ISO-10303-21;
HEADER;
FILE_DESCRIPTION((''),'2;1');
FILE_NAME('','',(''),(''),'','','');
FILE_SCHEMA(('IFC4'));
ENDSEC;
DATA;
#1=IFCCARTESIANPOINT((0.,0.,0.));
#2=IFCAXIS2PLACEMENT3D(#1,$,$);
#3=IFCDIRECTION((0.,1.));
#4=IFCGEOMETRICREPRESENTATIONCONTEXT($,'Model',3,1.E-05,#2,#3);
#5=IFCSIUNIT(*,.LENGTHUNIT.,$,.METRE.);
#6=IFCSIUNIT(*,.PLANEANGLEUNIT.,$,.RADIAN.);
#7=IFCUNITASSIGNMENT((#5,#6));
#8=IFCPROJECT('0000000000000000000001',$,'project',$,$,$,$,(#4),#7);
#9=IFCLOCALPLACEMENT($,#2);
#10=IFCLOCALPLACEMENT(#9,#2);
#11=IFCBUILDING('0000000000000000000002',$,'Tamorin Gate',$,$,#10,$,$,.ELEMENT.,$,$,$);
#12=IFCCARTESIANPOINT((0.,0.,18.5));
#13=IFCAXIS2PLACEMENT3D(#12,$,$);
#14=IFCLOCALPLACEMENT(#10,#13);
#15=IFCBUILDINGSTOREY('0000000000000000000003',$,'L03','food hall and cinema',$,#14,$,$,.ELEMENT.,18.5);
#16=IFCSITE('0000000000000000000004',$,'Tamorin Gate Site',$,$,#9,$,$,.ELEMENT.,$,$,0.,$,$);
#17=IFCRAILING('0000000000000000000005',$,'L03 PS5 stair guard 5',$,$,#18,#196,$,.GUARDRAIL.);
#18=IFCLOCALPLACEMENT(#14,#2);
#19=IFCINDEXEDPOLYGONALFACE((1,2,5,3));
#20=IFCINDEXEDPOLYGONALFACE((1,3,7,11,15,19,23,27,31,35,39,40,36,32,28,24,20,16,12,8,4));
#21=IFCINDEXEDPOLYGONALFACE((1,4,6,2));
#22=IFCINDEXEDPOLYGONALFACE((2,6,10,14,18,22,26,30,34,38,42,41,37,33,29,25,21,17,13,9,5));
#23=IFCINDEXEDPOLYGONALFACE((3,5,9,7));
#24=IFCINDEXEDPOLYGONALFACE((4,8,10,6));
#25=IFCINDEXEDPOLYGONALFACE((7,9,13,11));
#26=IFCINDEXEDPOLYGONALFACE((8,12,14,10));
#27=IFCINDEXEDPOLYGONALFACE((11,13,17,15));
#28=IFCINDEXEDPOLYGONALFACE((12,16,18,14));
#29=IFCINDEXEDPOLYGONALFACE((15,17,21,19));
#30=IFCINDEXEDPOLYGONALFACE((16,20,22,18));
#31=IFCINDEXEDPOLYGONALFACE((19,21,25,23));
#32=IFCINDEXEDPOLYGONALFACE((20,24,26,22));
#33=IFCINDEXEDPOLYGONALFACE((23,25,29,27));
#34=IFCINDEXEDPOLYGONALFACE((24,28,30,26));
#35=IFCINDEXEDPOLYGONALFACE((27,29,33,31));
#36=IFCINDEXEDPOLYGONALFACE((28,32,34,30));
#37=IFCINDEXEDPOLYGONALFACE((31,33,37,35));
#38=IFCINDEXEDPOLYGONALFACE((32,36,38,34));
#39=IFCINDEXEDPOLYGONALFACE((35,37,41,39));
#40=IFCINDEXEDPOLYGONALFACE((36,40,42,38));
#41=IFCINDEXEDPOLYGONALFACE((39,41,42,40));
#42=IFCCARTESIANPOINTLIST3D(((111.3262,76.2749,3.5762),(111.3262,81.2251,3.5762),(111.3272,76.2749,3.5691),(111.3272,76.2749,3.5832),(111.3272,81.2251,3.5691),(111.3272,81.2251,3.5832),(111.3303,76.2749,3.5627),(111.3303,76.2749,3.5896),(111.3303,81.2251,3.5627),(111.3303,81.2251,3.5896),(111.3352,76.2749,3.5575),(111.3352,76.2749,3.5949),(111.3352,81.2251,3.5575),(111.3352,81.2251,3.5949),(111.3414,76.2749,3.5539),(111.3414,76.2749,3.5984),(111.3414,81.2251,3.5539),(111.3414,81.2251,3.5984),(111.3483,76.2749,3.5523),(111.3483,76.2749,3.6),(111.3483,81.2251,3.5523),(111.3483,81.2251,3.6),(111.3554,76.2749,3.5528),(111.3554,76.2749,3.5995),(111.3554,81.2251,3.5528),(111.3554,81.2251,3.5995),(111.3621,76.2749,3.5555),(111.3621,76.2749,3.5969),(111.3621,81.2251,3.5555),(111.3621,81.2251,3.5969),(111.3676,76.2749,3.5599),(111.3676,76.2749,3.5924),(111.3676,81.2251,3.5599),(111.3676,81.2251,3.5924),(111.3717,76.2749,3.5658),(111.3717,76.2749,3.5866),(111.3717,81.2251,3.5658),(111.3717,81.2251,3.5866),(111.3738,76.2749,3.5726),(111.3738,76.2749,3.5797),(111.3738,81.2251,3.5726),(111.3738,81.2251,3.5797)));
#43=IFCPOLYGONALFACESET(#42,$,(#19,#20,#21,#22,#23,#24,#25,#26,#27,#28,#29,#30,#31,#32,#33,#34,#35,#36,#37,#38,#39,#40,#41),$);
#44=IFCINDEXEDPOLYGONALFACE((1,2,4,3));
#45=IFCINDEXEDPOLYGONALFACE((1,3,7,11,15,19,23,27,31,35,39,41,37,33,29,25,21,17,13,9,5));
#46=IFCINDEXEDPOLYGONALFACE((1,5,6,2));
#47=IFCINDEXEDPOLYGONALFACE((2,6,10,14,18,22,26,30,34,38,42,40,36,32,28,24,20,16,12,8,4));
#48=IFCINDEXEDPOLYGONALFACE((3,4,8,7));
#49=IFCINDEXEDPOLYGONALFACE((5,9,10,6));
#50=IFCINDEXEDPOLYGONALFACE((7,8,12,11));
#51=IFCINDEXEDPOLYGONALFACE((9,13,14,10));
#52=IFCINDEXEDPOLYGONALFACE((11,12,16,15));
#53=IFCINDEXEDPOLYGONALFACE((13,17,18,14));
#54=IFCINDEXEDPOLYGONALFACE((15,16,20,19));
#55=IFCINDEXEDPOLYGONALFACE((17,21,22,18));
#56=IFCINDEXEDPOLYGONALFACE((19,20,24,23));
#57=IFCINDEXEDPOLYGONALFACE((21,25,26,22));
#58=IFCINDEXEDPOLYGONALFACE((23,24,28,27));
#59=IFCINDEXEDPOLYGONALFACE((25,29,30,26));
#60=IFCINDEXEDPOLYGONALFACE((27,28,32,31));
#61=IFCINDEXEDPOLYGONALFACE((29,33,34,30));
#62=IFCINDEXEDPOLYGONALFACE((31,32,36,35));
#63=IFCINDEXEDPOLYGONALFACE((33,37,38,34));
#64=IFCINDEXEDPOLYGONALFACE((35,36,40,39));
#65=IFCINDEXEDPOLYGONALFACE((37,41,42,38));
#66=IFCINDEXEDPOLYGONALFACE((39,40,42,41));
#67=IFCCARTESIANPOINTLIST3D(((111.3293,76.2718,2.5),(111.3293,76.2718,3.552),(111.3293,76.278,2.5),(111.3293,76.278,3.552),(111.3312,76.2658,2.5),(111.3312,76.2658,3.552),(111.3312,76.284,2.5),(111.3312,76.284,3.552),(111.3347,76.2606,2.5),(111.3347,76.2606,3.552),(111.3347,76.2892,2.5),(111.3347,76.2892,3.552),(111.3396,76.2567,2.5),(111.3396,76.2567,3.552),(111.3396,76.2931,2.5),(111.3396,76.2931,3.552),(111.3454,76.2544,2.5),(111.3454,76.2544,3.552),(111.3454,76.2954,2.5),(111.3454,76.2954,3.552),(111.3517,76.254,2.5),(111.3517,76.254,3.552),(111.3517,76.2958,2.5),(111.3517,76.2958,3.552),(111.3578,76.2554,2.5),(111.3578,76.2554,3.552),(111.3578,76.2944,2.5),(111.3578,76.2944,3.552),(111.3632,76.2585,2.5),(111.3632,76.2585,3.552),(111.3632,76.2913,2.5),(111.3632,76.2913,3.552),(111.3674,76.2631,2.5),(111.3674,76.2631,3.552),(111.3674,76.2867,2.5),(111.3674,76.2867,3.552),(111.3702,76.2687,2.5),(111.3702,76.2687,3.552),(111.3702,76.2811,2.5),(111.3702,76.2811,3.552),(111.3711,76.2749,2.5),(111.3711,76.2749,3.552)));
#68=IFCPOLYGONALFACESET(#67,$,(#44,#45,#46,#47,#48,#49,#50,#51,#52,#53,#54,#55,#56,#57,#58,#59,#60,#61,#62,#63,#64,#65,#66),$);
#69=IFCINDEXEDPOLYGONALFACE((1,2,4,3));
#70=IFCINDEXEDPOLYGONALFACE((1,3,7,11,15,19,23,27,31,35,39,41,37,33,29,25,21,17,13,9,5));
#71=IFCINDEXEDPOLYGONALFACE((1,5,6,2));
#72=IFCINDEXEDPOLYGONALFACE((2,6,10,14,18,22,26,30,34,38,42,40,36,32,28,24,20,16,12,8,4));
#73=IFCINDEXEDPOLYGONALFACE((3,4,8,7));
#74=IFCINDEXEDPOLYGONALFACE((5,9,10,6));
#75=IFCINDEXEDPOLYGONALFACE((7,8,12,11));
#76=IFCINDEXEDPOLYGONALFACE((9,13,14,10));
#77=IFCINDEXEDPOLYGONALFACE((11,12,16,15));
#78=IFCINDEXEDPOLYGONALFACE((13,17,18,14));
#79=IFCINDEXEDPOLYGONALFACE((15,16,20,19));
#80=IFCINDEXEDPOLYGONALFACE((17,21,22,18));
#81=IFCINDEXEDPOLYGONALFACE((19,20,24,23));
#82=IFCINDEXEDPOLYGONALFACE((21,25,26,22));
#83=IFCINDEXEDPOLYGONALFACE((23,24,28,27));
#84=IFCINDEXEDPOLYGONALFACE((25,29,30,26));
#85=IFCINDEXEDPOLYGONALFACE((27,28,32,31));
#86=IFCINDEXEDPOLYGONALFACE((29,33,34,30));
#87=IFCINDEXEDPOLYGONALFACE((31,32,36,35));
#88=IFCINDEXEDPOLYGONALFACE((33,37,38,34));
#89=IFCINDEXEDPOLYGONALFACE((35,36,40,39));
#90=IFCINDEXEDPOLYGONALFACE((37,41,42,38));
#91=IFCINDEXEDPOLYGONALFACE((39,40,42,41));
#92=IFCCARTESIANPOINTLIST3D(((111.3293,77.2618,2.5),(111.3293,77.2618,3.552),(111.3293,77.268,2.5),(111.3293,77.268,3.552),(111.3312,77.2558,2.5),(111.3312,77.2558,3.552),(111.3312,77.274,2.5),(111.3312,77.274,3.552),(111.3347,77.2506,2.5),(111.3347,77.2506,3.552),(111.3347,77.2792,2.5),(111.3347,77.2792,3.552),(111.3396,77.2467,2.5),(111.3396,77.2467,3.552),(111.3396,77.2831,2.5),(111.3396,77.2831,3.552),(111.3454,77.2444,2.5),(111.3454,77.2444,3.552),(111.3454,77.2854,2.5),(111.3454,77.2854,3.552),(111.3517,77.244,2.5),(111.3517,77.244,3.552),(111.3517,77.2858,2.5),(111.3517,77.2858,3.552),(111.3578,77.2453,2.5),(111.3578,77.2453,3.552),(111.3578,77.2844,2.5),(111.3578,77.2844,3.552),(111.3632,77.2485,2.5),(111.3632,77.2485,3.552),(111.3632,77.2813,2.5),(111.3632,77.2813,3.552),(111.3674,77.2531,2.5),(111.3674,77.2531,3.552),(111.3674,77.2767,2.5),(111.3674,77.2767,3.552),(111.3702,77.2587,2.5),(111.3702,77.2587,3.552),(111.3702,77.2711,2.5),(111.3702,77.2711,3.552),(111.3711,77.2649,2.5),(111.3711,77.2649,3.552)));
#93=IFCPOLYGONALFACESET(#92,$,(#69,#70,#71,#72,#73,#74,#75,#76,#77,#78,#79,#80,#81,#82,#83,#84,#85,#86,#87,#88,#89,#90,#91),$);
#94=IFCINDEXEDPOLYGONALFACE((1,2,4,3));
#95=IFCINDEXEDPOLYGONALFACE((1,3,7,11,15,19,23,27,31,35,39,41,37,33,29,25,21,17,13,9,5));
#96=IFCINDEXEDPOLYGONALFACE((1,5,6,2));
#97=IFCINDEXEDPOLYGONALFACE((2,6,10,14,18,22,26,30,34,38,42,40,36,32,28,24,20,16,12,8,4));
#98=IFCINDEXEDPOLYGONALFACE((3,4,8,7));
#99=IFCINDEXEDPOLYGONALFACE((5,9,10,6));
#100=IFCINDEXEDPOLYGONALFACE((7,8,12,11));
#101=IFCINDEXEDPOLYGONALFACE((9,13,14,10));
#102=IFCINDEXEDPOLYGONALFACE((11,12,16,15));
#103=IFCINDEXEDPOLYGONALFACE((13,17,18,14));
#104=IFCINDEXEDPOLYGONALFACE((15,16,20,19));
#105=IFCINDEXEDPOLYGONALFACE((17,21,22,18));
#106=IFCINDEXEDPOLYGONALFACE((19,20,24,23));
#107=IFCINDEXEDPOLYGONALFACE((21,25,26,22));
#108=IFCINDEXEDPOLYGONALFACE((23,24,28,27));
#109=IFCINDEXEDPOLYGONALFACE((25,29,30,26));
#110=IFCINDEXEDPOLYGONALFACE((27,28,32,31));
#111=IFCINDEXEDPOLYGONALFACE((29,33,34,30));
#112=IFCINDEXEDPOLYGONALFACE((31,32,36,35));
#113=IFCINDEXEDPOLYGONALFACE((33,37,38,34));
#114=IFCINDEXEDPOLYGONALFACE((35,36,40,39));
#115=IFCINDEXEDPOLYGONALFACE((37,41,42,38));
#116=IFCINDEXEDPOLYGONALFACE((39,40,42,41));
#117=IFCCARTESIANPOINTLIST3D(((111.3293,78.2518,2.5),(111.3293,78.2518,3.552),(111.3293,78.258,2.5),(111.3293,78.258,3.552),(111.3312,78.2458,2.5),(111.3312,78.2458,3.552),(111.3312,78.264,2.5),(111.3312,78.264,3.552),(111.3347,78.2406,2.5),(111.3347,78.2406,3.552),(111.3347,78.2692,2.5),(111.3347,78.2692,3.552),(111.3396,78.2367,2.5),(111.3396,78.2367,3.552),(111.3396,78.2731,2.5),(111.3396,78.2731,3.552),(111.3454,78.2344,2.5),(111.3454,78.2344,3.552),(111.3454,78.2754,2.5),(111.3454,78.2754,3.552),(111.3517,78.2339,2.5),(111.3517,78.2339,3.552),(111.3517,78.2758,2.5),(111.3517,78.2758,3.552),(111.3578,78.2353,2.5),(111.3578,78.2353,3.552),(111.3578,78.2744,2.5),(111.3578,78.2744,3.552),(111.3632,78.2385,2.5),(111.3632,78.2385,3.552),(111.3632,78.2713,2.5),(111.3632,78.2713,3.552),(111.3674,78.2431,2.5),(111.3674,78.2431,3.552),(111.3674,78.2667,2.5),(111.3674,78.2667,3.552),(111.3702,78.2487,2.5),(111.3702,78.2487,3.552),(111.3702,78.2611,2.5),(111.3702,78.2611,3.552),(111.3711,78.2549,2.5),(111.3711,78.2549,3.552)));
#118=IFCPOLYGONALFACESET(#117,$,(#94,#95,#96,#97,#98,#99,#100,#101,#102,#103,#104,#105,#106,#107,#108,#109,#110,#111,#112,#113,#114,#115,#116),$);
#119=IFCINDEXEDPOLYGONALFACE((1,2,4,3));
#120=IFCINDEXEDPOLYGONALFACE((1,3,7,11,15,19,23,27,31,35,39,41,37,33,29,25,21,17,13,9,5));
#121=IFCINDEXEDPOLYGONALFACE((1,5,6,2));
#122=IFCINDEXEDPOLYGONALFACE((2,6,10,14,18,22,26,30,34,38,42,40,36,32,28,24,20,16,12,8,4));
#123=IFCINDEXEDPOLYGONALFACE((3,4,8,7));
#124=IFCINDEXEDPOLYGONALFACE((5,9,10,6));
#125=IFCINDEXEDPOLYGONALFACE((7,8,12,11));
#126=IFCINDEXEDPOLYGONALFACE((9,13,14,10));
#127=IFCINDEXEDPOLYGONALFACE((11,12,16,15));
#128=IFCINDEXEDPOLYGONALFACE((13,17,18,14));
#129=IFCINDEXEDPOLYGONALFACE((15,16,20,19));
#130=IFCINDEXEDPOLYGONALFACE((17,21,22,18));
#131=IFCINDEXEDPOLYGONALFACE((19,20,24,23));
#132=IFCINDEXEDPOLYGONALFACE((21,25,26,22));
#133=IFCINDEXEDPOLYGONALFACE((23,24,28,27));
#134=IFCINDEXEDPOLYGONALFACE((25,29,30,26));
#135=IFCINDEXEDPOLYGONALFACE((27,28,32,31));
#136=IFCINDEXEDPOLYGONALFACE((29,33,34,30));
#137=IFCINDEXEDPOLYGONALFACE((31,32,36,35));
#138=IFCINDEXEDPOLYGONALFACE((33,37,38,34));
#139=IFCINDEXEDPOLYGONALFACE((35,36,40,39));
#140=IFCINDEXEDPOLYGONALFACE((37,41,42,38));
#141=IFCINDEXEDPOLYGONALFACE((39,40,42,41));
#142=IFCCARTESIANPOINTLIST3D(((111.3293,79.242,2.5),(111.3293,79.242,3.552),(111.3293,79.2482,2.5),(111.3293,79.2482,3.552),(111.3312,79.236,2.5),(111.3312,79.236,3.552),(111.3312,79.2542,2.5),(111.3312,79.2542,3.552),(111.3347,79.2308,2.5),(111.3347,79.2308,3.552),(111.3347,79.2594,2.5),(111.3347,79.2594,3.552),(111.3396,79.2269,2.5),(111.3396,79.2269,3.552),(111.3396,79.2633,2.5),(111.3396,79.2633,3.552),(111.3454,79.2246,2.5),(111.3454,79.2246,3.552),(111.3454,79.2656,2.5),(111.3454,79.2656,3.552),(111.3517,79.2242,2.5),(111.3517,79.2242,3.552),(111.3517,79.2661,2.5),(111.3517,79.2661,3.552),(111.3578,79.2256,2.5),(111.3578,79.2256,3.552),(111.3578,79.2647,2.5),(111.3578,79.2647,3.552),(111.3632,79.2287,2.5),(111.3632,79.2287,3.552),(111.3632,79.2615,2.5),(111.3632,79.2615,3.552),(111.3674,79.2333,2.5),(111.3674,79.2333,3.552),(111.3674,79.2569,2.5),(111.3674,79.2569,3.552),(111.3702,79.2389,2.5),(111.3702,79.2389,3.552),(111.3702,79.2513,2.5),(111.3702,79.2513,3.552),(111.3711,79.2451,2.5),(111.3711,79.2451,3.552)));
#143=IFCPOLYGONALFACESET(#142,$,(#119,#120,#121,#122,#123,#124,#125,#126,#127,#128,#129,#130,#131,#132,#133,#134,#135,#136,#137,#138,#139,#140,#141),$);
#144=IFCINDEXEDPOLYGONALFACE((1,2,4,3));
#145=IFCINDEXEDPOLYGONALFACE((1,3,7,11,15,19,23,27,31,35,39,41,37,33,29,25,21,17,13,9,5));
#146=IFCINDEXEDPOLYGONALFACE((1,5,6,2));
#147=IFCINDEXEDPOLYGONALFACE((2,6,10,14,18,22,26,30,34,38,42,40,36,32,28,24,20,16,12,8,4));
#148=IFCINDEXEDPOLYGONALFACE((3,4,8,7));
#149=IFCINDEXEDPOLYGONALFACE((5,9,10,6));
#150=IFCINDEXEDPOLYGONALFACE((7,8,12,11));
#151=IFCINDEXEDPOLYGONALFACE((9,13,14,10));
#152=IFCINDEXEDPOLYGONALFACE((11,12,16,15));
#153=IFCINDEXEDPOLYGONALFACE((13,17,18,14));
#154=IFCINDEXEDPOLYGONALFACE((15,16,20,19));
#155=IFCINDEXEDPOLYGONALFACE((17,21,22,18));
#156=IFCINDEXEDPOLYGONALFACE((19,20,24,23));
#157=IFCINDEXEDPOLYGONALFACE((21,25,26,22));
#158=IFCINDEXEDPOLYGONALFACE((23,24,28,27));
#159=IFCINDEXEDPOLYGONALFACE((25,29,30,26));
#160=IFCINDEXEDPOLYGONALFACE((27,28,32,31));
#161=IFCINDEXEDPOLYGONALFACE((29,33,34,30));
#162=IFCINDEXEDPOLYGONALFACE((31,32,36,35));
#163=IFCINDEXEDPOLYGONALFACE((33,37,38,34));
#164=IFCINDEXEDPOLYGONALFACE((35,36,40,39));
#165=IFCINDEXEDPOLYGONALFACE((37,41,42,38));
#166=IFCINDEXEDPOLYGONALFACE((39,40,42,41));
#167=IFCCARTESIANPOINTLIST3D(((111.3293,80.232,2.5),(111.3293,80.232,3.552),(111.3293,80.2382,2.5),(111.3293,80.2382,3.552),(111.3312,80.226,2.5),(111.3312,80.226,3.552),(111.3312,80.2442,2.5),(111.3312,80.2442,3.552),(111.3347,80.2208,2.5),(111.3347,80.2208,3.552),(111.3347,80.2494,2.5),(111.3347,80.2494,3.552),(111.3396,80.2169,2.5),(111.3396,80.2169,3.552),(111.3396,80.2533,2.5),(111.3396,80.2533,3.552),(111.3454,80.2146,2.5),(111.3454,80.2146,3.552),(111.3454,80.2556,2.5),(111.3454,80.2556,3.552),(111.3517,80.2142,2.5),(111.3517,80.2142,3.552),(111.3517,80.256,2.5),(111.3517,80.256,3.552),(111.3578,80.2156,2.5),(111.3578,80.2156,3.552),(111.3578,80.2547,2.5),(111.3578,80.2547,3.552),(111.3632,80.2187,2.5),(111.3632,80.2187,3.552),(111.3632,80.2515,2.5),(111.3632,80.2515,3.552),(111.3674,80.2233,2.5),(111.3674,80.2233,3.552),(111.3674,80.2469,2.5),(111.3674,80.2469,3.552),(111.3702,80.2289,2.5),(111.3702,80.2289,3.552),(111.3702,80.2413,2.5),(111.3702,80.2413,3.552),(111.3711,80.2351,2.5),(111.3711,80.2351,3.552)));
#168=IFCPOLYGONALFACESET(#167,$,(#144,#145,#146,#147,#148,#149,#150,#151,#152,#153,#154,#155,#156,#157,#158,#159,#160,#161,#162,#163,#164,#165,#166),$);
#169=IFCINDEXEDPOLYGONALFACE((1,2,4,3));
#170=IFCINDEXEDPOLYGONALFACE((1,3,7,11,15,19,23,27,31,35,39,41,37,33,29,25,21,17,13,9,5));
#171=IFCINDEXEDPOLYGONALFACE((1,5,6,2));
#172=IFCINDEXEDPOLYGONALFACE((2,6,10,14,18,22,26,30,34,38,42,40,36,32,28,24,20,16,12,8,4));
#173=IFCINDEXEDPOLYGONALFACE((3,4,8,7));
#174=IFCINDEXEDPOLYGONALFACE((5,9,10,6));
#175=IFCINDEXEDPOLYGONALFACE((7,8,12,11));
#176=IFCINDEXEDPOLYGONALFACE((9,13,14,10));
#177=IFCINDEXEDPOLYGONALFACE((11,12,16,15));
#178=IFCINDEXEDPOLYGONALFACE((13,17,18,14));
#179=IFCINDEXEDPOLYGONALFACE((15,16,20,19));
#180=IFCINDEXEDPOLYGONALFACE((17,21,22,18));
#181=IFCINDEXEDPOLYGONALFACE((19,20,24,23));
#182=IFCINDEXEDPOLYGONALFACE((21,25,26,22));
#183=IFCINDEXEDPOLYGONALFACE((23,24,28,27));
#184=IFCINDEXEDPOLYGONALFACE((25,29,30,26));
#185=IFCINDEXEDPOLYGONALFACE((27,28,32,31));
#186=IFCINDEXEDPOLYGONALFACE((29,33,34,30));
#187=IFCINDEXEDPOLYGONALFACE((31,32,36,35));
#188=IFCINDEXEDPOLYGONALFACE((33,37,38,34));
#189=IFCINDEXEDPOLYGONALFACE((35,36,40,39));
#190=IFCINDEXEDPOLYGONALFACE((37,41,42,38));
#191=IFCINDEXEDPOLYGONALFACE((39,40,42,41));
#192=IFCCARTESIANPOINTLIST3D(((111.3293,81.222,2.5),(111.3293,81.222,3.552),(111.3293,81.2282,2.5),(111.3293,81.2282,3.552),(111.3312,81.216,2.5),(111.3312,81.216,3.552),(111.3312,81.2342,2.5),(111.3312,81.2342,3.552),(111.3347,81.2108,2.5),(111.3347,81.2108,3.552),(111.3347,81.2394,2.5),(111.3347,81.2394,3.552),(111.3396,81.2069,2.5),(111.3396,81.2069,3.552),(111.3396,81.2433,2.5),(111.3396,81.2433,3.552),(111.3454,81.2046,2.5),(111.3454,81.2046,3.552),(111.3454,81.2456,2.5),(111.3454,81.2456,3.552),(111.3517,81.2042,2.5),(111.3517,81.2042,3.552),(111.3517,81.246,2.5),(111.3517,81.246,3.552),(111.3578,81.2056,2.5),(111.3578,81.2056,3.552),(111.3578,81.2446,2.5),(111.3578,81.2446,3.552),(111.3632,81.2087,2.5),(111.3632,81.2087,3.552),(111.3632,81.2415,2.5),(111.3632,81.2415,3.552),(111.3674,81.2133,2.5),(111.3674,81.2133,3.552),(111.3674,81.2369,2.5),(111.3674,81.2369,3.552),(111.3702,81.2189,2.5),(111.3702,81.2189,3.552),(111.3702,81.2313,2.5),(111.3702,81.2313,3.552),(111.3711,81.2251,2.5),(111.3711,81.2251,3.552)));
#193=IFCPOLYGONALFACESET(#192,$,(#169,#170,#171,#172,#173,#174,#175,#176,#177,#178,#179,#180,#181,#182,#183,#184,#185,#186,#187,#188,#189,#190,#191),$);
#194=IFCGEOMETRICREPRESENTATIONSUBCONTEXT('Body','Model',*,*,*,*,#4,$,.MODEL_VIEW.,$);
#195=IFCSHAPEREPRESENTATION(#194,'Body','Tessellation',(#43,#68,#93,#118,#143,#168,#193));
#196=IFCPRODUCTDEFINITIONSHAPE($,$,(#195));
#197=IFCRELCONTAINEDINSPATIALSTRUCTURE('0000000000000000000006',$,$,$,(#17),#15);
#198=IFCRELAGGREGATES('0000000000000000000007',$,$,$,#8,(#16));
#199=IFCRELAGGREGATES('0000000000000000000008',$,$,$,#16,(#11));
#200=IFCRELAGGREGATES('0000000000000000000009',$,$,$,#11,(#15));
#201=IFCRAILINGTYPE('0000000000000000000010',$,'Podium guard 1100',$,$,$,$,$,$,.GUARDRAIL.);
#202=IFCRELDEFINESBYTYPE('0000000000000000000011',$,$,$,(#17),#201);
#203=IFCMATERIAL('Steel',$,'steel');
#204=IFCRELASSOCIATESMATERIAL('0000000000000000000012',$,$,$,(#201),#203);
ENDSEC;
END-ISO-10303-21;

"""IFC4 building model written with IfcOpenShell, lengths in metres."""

from ifc_helpers import new_model, si_unit, direction, frame, origin, origin_2d, place, context, subcontext, project, spatial, circle, extrude, material, type_object, element, save


model = new_model("IFC4")

# Units and contexts
model_context = context("Model", 3, precision=1e-05, world=origin(), true_north=direction((0.0, 1.0)))
body_context = subcontext(model_context, "Body", "Model", "MODEL_VIEW")
ifc_project = project(units=[si_unit("LENGTHUNIT", "METRE"), si_unit("PLANEANGLEUNIT", "RADIAN")], contexts=[model_context])

# Site, building, storey
site_placement = place(None, origin())
site = spatial("IfcSite", under=ifc_project, at=site_placement, Name="Tamorin Gate Site", CompositionType="ELEMENT", RefElevation=0.0)
building_placement = place(site_placement, origin())
building = spatial("IfcBuilding", under=site, at=building_placement, Name="Tamorin Gate", CompositionType="ELEMENT")
storey_placement = place(building_placement, frame((0.0, 0.0, 18.5)))
storey = spatial("IfcBuildingStorey", under=building, at=storey_placement, Name="L03", Description="food hall and cinema", CompositionType="ELEMENT", Elevation=18.5)

# Railing
ifc_material_1 = material(Name="Steel", Category="steel")
railing_type_1 = type_object("IfcRailingType", Name="Podium guard 1100", PredefinedType="GUARDRAIL", material=ifc_material_1)
railing_1_placement = place(storey_placement, frame((111.3501, 76.2749, 2.5)))
element("IfcRailing", 1, at=railing_1_placement, inside=storey, type_object=railing_type_1, Name="L03 PS5 stair guard 5", PredefinedType="GUARDRAIL", context=body_context, shape_type="SweptSolid", body=[
    extrude(circle(Radius=0.0239, at=origin_2d()), frame((0.0, 0.0, 1.0762), z_axis=(0.0, 1.0, 0.0), x_axis=(-1.0, 0.0, 0.0)), (0.0, 0.0, 1.0), 4.9502),
    extrude(circle(Radius=0.021, at=origin_2d()), origin(), (0.0, 0.0, 1.0), 1.052),
    extrude(circle(Radius=0.021, at=origin_2d()), frame((0.0, 0.99, 0.0)), (0.0, 0.0, 1.0), 1.052),
    extrude(circle(Radius=0.021, at=origin_2d()), frame((0.0, 1.98, 0.0)), (0.0, 0.0, 1.0), 1.052),
    extrude(circle(Radius=0.021, at=origin_2d()), frame((0.0, 2.9702, 0.0)), (0.0, 0.0, 1.0), 1.052),
    extrude(circle(Radius=0.021, at=origin_2d()), frame((0.0, 3.9602, 0.0)), (0.0, 0.0, 1.0), 1.052),
    extrude(circle(Radius=0.021, at=origin_2d()), frame((0.0, 4.9502, 0.0)), (0.0, 0.0, 1.0), 1.052),
])

save(model, "model.ifc")
